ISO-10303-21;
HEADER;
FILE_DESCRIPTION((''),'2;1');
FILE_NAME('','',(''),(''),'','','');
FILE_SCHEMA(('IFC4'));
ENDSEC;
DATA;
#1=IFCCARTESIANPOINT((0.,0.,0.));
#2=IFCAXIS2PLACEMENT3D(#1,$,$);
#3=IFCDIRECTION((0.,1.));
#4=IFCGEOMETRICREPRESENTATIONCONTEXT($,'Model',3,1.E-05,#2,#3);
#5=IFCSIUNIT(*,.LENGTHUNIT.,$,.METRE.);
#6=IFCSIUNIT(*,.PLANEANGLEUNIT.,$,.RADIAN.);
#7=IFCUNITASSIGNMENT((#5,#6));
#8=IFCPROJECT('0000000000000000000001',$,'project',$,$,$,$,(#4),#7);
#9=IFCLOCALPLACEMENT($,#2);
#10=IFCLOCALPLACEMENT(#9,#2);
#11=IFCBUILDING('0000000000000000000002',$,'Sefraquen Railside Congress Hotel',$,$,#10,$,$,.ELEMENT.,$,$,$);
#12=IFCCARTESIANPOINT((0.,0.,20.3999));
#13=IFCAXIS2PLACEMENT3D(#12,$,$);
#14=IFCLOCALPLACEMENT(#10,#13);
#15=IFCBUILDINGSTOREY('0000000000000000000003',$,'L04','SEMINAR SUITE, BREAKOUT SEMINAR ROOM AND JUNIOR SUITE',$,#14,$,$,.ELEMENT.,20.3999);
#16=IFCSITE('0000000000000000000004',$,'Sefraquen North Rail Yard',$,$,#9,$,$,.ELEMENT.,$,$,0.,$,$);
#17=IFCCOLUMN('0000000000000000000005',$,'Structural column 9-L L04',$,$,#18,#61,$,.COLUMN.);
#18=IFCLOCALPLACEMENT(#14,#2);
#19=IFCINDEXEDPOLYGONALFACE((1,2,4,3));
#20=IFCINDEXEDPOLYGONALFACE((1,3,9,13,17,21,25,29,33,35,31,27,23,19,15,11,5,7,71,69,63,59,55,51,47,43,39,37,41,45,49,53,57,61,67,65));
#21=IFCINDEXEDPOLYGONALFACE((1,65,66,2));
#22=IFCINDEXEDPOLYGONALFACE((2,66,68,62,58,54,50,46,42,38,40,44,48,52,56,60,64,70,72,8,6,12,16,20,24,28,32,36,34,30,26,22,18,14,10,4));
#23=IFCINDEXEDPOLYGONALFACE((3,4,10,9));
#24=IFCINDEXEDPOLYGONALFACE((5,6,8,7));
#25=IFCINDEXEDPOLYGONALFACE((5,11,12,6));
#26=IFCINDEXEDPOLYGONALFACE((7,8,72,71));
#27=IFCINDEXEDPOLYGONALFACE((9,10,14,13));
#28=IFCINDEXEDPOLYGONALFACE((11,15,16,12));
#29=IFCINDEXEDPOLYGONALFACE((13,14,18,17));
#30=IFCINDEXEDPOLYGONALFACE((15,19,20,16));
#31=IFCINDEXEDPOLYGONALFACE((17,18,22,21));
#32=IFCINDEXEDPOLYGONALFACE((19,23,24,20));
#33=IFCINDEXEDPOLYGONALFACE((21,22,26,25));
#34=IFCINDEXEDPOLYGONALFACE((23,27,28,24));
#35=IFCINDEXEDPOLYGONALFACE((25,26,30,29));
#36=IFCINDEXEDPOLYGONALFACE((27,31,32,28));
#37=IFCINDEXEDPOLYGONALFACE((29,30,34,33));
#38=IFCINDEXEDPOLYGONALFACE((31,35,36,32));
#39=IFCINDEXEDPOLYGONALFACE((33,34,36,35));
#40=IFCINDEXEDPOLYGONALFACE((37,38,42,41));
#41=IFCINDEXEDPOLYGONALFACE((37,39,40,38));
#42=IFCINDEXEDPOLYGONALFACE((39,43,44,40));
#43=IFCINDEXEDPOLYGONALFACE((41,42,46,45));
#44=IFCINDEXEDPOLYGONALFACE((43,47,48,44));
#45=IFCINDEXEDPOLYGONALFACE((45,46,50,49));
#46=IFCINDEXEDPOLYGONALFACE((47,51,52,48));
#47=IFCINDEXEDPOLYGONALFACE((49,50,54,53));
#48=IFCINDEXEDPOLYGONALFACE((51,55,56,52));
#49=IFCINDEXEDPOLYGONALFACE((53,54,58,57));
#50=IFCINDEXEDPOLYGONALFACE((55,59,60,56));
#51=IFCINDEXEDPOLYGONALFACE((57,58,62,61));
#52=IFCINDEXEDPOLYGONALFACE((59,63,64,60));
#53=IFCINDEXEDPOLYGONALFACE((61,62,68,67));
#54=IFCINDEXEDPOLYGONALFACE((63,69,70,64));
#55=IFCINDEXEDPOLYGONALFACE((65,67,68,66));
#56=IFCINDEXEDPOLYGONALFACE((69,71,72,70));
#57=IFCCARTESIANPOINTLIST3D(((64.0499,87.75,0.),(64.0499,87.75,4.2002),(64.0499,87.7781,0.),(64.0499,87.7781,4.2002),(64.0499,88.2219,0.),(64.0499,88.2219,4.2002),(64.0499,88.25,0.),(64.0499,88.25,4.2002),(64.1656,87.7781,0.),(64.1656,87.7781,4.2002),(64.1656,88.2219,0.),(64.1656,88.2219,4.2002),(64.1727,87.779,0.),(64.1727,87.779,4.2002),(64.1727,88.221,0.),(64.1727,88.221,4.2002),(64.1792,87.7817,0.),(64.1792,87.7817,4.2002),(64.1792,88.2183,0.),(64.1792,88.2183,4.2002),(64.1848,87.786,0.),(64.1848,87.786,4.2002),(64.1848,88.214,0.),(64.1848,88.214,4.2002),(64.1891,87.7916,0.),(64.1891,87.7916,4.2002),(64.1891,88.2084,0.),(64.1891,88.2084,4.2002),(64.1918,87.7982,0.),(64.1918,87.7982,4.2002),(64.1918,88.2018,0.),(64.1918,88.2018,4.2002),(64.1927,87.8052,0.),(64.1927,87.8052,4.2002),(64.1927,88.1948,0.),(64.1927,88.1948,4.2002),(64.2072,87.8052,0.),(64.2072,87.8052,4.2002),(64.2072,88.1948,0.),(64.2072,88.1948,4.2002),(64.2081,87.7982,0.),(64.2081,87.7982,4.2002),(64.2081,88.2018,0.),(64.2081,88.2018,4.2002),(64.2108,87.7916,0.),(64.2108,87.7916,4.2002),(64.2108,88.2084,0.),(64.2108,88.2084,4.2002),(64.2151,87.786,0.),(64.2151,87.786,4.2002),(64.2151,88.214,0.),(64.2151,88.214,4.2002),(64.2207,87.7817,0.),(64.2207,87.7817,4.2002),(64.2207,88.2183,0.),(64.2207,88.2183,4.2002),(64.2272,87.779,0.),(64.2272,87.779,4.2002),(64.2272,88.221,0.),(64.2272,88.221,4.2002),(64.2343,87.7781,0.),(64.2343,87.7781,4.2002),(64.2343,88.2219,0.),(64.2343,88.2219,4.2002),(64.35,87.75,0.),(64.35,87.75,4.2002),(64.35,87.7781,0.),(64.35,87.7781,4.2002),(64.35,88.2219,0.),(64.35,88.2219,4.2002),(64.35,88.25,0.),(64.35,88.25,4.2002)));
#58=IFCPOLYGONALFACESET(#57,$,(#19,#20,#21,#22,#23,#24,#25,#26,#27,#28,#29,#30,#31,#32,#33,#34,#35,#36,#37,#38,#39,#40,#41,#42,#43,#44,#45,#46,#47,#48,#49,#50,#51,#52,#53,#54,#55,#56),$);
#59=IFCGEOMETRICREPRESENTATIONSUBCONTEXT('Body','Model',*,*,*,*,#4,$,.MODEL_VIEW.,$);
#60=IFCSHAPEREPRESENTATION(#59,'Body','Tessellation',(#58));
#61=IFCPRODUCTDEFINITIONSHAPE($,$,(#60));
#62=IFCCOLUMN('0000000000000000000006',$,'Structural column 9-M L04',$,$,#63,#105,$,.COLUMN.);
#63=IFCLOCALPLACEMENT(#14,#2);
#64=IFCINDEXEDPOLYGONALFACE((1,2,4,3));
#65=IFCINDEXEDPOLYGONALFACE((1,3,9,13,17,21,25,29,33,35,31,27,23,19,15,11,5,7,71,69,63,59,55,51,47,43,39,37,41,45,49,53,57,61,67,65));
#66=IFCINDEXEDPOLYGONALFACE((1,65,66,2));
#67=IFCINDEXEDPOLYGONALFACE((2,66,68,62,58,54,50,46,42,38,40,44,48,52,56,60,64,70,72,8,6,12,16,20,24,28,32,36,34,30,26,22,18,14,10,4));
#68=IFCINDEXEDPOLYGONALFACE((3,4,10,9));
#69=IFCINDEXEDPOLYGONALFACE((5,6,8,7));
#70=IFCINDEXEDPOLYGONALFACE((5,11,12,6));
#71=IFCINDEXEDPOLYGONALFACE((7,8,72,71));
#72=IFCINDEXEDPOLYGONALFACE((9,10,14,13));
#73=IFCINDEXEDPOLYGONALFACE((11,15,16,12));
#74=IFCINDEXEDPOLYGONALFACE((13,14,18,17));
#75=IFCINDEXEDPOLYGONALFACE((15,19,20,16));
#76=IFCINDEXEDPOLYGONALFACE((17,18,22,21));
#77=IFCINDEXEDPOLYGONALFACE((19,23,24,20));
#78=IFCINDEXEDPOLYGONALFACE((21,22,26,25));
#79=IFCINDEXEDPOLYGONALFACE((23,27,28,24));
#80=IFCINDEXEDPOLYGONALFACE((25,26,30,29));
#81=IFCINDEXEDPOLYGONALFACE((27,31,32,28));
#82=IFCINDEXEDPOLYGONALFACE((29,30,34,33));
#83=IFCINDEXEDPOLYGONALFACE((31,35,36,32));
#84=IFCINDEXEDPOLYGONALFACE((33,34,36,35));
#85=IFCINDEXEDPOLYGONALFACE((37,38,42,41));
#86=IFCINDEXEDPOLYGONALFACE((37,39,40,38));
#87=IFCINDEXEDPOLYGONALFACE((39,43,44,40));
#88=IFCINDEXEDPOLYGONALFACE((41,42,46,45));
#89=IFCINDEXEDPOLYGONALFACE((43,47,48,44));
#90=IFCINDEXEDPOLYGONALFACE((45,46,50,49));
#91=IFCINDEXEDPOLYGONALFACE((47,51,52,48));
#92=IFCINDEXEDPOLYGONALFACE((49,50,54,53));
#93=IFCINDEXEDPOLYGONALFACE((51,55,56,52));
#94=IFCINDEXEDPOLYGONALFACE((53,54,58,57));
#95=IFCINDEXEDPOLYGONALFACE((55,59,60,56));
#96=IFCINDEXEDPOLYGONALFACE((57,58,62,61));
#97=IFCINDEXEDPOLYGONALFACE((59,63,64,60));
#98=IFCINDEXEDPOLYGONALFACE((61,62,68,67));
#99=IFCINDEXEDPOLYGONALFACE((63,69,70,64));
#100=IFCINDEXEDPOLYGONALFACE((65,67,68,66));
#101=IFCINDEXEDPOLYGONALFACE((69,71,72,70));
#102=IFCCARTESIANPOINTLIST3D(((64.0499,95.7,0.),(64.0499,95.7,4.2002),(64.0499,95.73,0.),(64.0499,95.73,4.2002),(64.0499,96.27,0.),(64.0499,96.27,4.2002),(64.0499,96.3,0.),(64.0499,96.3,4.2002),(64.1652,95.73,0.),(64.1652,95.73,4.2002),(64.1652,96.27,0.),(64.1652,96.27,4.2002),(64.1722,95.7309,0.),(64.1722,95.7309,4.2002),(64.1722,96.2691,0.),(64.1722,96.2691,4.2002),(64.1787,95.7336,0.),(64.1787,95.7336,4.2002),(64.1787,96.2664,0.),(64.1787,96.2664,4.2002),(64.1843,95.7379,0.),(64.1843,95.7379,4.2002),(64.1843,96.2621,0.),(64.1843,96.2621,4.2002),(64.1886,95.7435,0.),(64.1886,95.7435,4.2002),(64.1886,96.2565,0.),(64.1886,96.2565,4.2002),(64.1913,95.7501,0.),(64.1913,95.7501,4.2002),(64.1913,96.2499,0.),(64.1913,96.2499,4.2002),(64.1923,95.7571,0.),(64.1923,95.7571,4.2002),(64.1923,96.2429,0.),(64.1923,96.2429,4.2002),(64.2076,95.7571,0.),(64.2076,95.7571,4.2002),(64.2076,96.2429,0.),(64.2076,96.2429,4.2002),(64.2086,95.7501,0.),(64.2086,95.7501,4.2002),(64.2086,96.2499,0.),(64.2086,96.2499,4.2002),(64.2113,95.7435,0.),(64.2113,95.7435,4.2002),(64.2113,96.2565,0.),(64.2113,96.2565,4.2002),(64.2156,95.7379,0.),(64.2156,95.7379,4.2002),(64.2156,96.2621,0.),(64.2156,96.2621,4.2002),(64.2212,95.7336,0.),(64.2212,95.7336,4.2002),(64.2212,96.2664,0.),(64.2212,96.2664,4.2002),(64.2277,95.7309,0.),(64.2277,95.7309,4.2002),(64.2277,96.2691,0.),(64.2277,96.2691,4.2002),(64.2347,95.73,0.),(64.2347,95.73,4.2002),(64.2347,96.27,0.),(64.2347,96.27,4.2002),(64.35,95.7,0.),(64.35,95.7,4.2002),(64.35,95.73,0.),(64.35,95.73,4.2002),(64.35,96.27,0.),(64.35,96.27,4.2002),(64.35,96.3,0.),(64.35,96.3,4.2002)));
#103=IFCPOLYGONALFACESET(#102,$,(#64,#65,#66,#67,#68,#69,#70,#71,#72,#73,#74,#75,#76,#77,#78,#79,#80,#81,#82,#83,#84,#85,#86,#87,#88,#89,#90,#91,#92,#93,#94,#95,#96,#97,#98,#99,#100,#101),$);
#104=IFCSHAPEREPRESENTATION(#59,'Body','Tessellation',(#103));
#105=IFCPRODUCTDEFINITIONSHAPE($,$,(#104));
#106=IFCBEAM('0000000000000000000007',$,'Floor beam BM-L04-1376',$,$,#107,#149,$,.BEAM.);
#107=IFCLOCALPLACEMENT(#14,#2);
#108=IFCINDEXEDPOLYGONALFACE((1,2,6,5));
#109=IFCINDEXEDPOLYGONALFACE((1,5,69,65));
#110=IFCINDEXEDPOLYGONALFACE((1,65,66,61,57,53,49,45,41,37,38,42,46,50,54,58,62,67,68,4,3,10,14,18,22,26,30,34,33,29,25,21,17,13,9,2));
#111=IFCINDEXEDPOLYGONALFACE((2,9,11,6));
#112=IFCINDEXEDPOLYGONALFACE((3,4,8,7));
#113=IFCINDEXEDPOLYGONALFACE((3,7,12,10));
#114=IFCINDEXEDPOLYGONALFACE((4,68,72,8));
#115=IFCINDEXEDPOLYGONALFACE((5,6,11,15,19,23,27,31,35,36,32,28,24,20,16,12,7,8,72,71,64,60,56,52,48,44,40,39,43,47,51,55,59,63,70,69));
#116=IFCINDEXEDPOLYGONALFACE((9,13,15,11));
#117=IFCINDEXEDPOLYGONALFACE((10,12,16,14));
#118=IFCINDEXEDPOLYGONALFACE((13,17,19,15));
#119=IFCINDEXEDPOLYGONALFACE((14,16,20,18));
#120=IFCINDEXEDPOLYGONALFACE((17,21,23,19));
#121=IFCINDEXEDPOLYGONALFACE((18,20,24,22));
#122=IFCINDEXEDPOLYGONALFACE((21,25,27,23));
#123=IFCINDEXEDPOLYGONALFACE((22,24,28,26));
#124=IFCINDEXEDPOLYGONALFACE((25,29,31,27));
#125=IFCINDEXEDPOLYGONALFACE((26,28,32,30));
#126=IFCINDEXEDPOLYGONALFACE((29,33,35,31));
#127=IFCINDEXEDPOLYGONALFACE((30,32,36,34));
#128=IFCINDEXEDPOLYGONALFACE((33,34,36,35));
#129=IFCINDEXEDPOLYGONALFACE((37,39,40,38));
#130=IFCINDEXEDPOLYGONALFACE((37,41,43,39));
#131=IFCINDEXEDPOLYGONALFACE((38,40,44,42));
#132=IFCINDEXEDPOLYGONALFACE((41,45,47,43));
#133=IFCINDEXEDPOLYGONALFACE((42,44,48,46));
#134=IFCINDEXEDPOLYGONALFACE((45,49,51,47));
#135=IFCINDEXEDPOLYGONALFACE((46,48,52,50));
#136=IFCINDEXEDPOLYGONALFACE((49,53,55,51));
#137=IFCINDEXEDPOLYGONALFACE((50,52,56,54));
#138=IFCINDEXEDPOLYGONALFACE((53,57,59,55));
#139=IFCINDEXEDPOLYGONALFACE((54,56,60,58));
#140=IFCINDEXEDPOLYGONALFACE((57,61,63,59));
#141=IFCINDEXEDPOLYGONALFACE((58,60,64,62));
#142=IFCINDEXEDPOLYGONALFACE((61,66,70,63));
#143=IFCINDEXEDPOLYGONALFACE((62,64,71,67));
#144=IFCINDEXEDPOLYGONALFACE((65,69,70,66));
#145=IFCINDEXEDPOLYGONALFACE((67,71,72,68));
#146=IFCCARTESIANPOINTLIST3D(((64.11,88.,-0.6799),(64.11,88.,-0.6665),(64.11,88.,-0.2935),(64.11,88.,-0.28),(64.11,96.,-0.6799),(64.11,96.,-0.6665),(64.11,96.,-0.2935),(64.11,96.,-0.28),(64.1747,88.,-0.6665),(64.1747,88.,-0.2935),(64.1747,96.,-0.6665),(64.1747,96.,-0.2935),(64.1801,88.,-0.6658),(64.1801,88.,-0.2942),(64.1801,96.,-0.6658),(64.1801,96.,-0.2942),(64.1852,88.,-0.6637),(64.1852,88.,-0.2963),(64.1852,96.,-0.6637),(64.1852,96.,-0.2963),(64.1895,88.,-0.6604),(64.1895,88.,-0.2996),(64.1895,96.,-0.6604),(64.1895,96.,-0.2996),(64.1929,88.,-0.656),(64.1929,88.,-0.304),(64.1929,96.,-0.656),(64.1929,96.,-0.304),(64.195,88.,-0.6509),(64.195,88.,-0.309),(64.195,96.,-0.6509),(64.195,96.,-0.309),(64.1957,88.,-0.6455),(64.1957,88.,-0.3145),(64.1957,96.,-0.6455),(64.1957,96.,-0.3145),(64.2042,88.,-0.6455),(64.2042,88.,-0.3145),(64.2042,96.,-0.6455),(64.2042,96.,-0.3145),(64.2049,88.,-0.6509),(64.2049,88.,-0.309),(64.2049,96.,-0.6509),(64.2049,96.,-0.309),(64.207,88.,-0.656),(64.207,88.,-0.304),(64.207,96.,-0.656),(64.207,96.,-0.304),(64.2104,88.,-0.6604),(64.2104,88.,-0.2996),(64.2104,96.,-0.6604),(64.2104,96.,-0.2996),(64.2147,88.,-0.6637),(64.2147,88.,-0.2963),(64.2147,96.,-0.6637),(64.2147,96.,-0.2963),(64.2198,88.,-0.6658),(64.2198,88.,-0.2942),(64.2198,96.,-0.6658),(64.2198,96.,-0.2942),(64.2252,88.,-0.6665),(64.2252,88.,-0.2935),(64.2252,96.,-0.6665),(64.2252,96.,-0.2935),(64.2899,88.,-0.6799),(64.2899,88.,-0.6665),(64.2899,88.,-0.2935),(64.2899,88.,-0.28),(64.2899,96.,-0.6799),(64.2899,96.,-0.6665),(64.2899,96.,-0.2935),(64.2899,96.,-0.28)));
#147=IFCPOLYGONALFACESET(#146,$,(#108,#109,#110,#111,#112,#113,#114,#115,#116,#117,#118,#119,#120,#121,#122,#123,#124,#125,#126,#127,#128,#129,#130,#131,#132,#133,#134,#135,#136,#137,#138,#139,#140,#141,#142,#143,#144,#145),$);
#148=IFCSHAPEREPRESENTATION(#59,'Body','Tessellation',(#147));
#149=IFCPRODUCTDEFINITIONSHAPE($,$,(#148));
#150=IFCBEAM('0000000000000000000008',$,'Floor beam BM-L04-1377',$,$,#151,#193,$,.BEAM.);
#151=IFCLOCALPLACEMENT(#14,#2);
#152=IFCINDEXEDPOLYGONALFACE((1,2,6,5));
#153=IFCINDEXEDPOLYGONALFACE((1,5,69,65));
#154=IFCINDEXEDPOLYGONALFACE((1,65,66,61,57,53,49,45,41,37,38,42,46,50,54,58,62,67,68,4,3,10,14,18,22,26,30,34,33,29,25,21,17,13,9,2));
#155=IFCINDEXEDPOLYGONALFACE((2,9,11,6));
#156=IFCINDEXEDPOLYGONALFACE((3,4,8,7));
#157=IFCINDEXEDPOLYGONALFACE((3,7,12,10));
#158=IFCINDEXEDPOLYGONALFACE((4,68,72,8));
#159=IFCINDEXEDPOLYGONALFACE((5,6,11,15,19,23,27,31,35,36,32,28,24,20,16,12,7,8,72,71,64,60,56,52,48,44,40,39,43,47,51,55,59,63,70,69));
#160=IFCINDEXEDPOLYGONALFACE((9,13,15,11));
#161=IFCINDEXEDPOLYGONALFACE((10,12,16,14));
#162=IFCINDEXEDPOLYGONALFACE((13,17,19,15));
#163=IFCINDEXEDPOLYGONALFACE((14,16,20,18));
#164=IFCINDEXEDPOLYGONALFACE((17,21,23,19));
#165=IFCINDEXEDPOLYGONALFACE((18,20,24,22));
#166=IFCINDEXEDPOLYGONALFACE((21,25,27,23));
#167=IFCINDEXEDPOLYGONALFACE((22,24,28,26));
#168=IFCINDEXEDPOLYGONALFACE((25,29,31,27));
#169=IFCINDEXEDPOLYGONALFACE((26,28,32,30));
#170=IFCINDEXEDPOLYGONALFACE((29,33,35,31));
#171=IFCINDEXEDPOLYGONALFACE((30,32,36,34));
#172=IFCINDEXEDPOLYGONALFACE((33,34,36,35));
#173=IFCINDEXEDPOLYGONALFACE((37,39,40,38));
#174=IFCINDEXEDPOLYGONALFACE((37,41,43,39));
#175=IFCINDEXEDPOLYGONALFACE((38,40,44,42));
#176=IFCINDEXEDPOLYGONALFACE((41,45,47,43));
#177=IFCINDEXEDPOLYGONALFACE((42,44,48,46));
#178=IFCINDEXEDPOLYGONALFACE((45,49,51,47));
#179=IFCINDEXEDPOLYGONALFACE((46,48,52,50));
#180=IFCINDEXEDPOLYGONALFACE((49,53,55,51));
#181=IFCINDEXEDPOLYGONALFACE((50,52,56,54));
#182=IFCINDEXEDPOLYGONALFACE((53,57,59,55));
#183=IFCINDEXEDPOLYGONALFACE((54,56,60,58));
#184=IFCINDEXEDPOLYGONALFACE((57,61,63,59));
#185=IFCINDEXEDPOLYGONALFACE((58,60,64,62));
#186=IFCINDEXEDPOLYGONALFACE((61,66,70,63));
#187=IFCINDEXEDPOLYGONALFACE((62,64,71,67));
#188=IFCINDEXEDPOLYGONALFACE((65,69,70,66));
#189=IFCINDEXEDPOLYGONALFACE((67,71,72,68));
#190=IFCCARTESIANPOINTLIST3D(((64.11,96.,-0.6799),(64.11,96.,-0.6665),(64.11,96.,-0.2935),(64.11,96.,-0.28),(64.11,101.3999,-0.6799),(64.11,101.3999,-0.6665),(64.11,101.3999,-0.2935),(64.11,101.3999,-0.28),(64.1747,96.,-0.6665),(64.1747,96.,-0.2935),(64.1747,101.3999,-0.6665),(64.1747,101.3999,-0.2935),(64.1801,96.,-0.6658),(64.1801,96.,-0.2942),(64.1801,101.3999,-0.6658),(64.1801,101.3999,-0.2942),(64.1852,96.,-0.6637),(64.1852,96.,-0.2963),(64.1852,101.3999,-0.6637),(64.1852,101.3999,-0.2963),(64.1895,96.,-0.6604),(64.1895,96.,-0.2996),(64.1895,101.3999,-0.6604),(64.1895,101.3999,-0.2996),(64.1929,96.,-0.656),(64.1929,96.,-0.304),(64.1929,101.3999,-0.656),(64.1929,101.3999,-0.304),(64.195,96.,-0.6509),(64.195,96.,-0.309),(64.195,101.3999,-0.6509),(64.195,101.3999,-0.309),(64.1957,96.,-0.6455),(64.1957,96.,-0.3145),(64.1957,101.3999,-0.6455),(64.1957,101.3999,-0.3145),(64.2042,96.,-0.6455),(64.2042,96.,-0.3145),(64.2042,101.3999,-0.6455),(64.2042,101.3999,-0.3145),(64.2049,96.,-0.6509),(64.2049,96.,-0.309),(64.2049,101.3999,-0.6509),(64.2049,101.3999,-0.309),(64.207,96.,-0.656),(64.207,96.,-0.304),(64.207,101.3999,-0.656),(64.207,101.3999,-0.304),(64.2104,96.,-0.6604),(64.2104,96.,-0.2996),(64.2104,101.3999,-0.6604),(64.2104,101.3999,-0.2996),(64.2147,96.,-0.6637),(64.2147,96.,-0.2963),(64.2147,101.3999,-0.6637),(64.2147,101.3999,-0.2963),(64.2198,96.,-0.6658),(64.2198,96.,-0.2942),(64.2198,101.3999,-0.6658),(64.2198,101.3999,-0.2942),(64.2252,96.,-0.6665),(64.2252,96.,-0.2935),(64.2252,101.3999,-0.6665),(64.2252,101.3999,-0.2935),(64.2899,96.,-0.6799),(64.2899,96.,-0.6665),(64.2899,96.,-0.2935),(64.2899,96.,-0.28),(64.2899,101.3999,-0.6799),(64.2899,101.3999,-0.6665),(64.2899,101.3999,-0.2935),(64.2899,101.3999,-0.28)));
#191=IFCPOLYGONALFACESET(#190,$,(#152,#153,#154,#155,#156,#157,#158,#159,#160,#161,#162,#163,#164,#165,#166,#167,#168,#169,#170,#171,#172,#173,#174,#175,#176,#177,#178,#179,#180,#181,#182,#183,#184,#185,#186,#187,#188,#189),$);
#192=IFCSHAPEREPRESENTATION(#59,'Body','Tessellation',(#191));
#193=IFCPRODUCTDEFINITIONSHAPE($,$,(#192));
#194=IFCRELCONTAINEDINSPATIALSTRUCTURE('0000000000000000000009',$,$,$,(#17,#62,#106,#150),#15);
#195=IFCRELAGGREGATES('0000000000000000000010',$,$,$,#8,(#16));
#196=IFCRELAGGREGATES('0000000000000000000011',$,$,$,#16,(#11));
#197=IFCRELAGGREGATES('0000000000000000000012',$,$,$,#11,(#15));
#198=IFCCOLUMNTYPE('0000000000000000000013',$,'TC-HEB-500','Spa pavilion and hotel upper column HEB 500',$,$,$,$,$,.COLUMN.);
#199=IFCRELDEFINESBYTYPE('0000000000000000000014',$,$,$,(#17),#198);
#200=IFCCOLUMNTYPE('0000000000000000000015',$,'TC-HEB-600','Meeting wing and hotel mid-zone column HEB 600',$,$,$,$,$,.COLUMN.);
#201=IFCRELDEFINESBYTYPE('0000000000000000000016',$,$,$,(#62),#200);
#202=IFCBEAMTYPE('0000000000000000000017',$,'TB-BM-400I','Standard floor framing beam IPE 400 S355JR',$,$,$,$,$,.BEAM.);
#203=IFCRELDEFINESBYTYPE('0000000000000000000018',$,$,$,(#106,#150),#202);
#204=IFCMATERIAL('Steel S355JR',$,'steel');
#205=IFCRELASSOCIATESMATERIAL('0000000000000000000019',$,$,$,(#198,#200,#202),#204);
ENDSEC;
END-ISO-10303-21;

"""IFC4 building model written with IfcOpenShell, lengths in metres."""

from ifc_helpers import new_model, si_unit, direction, frame, origin, origin_2d, place, context, subcontext, project, spatial, i_section, extrude, material, material_profile, profile_set, type_object, element, save


model = new_model("IFC4")

# Units and contexts
model_context = context("Model", 3, precision=1e-05, world=origin(), true_north=direction((0.0, 1.0)))
body_context = subcontext(model_context, "Body", "Model", "MODEL_VIEW")
ifc_project = project(units=[si_unit("LENGTHUNIT", "METRE"), si_unit("PLANEANGLEUNIT", "RADIAN")], contexts=[model_context])

# Site, building, storey
site_placement = place(None, origin())
site = spatial("IfcSite", under=ifc_project, at=site_placement, Name="Sefraquen North Rail Yard", CompositionType="ELEMENT", RefElevation=0.0)
building_placement = place(site_placement, origin())
building = spatial("IfcBuilding", under=site, at=building_placement, Name="Sefraquen Railside Congress Hotel", CompositionType="ELEMENT")
storey_placement = place(building_placement, frame((0.0, 0.0, 20.3999)))
storey = spatial("IfcBuildingStorey", under=building, at=storey_placement, Name="L04", Description="SEMINAR SUITE, BREAKOUT SEMINAR ROOM AND JUNIOR SUITE", CompositionType="ELEMENT", Elevation=20.3999)

# Columns
ifc_material_1 = material(Name="Steel S355JR", Category="steel")
ifc_material_profile_1 = material_profile(ifc_material_1, i_section(OverallWidth=0.3, OverallDepth=0.5, WebThickness=0.0144, FlangeThickness=0.0281, FilletRadius=0.0271, at=origin_2d()), Name="HEB 500")
ifc_profile_set_1 = profile_set([ifc_material_profile_1], Name="Steel S355JR")
column_type_1 = type_object("IfcColumnType", Name="TC-HEB-500", Description="Spa pavilion and hotel upper column HEB 500", PredefinedType="COLUMN", material=ifc_profile_set_1)
column_1_placement = place(storey_placement, frame((64.2, 88.0, 0.0), z_axis=(0.0, 0.0, 1.0), x_axis=(1.0, 0.0, 0.0)))
element("IfcColumn", 1, at=column_1_placement, inside=storey, type_object=column_type_1, Name="Structural column 9-L L04", PredefinedType="COLUMN", context=body_context, shape_type="SweptSolid", body=[
    extrude(i_section(OverallWidth=0.3, OverallDepth=0.5, WebThickness=0.0144, FlangeThickness=0.0281, FilletRadius=0.0271, at=origin_2d()), origin(), (0.0, 0.0, 1.0), 4.2002),
])
ifc_material_profile_2 = material_profile(ifc_material_1, i_section(OverallWidth=0.3, OverallDepth=0.6001, WebThickness=0.0154, FlangeThickness=0.03, FilletRadius=0.0271, at=origin_2d()), Name="HEB 600")
ifc_profile_set_2 = profile_set([ifc_material_profile_2], Name="Steel S355JR")
column_type_2 = type_object("IfcColumnType", Name="TC-HEB-600", Description="Meeting wing and hotel mid-zone column HEB 600", PredefinedType="COLUMN", material=ifc_profile_set_2)
column_2_placement = place(storey_placement, frame((64.2, 96.0, 0.0), z_axis=(0.0, 0.0, 1.0), x_axis=(1.0, 0.0, 0.0)))
element("IfcColumn", 2, at=column_2_placement, inside=storey, type_object=column_type_2, Name="Structural column 9-M L04", PredefinedType="COLUMN", context=body_context, shape_type="SweptSolid", body=[
    extrude(i_section(OverallWidth=0.3, OverallDepth=0.6001, WebThickness=0.0154, FlangeThickness=0.03, FilletRadius=0.0271, at=origin_2d()), origin(), (0.0, 0.0, 1.0), 4.2002),
])

# Beams
ifc_material_profile_3 = material_profile(ifc_material_1, i_section(OverallWidth=0.1799, OverallDepth=0.3999, WebThickness=0.0085, FlangeThickness=0.0134, FilletRadius=0.021, at=origin_2d()), Name="IPE 400")
ifc_profile_set_3 = profile_set([ifc_material_profile_3], Name="Steel S355JR")
beam_type_1 = type_object("IfcBeamType", Name="TB-BM-400I", Description="Standard floor framing beam IPE 400 S355JR", PredefinedType="BEAM", material=ifc_profile_set_3)
beam_1_placement = place(storey_placement, frame((64.2, 88.0, -0.48), z_axis=(0.0, 1.0, 0.0), x_axis=(-1.0, 0.0, 0.0)))
element("IfcBeam", 3, at=beam_1_placement, inside=storey, type_object=beam_type_1, Name="Floor beam BM-L04-1376", PredefinedType="BEAM", context=body_context, shape_type="SweptSolid", body=[
    extrude(i_section(OverallWidth=0.1799, OverallDepth=0.3999, WebThickness=0.0085, FlangeThickness=0.0134, FilletRadius=0.021, at=origin_2d()), origin(), (0.0, 0.0, 1.0), 8.0),
])
beam_2_placement = place(storey_placement, frame((64.2, 96.0, -0.48), z_axis=(0.0, 1.0, 0.0), x_axis=(-1.0, 0.0, 0.0)))
element("IfcBeam", 4, at=beam_2_placement, inside=storey, type_object=beam_type_1, Name="Floor beam BM-L04-1377", PredefinedType="BEAM", context=body_context, shape_type="SweptSolid", body=[
    extrude(i_section(OverallWidth=0.1799, OverallDepth=0.3999, WebThickness=0.0085, FlangeThickness=0.0134, FilletRadius=0.021, at=origin_2d()), origin(), (0.0, 0.0, 1.0), 5.3999),
])

save(model, "model.ifc")
